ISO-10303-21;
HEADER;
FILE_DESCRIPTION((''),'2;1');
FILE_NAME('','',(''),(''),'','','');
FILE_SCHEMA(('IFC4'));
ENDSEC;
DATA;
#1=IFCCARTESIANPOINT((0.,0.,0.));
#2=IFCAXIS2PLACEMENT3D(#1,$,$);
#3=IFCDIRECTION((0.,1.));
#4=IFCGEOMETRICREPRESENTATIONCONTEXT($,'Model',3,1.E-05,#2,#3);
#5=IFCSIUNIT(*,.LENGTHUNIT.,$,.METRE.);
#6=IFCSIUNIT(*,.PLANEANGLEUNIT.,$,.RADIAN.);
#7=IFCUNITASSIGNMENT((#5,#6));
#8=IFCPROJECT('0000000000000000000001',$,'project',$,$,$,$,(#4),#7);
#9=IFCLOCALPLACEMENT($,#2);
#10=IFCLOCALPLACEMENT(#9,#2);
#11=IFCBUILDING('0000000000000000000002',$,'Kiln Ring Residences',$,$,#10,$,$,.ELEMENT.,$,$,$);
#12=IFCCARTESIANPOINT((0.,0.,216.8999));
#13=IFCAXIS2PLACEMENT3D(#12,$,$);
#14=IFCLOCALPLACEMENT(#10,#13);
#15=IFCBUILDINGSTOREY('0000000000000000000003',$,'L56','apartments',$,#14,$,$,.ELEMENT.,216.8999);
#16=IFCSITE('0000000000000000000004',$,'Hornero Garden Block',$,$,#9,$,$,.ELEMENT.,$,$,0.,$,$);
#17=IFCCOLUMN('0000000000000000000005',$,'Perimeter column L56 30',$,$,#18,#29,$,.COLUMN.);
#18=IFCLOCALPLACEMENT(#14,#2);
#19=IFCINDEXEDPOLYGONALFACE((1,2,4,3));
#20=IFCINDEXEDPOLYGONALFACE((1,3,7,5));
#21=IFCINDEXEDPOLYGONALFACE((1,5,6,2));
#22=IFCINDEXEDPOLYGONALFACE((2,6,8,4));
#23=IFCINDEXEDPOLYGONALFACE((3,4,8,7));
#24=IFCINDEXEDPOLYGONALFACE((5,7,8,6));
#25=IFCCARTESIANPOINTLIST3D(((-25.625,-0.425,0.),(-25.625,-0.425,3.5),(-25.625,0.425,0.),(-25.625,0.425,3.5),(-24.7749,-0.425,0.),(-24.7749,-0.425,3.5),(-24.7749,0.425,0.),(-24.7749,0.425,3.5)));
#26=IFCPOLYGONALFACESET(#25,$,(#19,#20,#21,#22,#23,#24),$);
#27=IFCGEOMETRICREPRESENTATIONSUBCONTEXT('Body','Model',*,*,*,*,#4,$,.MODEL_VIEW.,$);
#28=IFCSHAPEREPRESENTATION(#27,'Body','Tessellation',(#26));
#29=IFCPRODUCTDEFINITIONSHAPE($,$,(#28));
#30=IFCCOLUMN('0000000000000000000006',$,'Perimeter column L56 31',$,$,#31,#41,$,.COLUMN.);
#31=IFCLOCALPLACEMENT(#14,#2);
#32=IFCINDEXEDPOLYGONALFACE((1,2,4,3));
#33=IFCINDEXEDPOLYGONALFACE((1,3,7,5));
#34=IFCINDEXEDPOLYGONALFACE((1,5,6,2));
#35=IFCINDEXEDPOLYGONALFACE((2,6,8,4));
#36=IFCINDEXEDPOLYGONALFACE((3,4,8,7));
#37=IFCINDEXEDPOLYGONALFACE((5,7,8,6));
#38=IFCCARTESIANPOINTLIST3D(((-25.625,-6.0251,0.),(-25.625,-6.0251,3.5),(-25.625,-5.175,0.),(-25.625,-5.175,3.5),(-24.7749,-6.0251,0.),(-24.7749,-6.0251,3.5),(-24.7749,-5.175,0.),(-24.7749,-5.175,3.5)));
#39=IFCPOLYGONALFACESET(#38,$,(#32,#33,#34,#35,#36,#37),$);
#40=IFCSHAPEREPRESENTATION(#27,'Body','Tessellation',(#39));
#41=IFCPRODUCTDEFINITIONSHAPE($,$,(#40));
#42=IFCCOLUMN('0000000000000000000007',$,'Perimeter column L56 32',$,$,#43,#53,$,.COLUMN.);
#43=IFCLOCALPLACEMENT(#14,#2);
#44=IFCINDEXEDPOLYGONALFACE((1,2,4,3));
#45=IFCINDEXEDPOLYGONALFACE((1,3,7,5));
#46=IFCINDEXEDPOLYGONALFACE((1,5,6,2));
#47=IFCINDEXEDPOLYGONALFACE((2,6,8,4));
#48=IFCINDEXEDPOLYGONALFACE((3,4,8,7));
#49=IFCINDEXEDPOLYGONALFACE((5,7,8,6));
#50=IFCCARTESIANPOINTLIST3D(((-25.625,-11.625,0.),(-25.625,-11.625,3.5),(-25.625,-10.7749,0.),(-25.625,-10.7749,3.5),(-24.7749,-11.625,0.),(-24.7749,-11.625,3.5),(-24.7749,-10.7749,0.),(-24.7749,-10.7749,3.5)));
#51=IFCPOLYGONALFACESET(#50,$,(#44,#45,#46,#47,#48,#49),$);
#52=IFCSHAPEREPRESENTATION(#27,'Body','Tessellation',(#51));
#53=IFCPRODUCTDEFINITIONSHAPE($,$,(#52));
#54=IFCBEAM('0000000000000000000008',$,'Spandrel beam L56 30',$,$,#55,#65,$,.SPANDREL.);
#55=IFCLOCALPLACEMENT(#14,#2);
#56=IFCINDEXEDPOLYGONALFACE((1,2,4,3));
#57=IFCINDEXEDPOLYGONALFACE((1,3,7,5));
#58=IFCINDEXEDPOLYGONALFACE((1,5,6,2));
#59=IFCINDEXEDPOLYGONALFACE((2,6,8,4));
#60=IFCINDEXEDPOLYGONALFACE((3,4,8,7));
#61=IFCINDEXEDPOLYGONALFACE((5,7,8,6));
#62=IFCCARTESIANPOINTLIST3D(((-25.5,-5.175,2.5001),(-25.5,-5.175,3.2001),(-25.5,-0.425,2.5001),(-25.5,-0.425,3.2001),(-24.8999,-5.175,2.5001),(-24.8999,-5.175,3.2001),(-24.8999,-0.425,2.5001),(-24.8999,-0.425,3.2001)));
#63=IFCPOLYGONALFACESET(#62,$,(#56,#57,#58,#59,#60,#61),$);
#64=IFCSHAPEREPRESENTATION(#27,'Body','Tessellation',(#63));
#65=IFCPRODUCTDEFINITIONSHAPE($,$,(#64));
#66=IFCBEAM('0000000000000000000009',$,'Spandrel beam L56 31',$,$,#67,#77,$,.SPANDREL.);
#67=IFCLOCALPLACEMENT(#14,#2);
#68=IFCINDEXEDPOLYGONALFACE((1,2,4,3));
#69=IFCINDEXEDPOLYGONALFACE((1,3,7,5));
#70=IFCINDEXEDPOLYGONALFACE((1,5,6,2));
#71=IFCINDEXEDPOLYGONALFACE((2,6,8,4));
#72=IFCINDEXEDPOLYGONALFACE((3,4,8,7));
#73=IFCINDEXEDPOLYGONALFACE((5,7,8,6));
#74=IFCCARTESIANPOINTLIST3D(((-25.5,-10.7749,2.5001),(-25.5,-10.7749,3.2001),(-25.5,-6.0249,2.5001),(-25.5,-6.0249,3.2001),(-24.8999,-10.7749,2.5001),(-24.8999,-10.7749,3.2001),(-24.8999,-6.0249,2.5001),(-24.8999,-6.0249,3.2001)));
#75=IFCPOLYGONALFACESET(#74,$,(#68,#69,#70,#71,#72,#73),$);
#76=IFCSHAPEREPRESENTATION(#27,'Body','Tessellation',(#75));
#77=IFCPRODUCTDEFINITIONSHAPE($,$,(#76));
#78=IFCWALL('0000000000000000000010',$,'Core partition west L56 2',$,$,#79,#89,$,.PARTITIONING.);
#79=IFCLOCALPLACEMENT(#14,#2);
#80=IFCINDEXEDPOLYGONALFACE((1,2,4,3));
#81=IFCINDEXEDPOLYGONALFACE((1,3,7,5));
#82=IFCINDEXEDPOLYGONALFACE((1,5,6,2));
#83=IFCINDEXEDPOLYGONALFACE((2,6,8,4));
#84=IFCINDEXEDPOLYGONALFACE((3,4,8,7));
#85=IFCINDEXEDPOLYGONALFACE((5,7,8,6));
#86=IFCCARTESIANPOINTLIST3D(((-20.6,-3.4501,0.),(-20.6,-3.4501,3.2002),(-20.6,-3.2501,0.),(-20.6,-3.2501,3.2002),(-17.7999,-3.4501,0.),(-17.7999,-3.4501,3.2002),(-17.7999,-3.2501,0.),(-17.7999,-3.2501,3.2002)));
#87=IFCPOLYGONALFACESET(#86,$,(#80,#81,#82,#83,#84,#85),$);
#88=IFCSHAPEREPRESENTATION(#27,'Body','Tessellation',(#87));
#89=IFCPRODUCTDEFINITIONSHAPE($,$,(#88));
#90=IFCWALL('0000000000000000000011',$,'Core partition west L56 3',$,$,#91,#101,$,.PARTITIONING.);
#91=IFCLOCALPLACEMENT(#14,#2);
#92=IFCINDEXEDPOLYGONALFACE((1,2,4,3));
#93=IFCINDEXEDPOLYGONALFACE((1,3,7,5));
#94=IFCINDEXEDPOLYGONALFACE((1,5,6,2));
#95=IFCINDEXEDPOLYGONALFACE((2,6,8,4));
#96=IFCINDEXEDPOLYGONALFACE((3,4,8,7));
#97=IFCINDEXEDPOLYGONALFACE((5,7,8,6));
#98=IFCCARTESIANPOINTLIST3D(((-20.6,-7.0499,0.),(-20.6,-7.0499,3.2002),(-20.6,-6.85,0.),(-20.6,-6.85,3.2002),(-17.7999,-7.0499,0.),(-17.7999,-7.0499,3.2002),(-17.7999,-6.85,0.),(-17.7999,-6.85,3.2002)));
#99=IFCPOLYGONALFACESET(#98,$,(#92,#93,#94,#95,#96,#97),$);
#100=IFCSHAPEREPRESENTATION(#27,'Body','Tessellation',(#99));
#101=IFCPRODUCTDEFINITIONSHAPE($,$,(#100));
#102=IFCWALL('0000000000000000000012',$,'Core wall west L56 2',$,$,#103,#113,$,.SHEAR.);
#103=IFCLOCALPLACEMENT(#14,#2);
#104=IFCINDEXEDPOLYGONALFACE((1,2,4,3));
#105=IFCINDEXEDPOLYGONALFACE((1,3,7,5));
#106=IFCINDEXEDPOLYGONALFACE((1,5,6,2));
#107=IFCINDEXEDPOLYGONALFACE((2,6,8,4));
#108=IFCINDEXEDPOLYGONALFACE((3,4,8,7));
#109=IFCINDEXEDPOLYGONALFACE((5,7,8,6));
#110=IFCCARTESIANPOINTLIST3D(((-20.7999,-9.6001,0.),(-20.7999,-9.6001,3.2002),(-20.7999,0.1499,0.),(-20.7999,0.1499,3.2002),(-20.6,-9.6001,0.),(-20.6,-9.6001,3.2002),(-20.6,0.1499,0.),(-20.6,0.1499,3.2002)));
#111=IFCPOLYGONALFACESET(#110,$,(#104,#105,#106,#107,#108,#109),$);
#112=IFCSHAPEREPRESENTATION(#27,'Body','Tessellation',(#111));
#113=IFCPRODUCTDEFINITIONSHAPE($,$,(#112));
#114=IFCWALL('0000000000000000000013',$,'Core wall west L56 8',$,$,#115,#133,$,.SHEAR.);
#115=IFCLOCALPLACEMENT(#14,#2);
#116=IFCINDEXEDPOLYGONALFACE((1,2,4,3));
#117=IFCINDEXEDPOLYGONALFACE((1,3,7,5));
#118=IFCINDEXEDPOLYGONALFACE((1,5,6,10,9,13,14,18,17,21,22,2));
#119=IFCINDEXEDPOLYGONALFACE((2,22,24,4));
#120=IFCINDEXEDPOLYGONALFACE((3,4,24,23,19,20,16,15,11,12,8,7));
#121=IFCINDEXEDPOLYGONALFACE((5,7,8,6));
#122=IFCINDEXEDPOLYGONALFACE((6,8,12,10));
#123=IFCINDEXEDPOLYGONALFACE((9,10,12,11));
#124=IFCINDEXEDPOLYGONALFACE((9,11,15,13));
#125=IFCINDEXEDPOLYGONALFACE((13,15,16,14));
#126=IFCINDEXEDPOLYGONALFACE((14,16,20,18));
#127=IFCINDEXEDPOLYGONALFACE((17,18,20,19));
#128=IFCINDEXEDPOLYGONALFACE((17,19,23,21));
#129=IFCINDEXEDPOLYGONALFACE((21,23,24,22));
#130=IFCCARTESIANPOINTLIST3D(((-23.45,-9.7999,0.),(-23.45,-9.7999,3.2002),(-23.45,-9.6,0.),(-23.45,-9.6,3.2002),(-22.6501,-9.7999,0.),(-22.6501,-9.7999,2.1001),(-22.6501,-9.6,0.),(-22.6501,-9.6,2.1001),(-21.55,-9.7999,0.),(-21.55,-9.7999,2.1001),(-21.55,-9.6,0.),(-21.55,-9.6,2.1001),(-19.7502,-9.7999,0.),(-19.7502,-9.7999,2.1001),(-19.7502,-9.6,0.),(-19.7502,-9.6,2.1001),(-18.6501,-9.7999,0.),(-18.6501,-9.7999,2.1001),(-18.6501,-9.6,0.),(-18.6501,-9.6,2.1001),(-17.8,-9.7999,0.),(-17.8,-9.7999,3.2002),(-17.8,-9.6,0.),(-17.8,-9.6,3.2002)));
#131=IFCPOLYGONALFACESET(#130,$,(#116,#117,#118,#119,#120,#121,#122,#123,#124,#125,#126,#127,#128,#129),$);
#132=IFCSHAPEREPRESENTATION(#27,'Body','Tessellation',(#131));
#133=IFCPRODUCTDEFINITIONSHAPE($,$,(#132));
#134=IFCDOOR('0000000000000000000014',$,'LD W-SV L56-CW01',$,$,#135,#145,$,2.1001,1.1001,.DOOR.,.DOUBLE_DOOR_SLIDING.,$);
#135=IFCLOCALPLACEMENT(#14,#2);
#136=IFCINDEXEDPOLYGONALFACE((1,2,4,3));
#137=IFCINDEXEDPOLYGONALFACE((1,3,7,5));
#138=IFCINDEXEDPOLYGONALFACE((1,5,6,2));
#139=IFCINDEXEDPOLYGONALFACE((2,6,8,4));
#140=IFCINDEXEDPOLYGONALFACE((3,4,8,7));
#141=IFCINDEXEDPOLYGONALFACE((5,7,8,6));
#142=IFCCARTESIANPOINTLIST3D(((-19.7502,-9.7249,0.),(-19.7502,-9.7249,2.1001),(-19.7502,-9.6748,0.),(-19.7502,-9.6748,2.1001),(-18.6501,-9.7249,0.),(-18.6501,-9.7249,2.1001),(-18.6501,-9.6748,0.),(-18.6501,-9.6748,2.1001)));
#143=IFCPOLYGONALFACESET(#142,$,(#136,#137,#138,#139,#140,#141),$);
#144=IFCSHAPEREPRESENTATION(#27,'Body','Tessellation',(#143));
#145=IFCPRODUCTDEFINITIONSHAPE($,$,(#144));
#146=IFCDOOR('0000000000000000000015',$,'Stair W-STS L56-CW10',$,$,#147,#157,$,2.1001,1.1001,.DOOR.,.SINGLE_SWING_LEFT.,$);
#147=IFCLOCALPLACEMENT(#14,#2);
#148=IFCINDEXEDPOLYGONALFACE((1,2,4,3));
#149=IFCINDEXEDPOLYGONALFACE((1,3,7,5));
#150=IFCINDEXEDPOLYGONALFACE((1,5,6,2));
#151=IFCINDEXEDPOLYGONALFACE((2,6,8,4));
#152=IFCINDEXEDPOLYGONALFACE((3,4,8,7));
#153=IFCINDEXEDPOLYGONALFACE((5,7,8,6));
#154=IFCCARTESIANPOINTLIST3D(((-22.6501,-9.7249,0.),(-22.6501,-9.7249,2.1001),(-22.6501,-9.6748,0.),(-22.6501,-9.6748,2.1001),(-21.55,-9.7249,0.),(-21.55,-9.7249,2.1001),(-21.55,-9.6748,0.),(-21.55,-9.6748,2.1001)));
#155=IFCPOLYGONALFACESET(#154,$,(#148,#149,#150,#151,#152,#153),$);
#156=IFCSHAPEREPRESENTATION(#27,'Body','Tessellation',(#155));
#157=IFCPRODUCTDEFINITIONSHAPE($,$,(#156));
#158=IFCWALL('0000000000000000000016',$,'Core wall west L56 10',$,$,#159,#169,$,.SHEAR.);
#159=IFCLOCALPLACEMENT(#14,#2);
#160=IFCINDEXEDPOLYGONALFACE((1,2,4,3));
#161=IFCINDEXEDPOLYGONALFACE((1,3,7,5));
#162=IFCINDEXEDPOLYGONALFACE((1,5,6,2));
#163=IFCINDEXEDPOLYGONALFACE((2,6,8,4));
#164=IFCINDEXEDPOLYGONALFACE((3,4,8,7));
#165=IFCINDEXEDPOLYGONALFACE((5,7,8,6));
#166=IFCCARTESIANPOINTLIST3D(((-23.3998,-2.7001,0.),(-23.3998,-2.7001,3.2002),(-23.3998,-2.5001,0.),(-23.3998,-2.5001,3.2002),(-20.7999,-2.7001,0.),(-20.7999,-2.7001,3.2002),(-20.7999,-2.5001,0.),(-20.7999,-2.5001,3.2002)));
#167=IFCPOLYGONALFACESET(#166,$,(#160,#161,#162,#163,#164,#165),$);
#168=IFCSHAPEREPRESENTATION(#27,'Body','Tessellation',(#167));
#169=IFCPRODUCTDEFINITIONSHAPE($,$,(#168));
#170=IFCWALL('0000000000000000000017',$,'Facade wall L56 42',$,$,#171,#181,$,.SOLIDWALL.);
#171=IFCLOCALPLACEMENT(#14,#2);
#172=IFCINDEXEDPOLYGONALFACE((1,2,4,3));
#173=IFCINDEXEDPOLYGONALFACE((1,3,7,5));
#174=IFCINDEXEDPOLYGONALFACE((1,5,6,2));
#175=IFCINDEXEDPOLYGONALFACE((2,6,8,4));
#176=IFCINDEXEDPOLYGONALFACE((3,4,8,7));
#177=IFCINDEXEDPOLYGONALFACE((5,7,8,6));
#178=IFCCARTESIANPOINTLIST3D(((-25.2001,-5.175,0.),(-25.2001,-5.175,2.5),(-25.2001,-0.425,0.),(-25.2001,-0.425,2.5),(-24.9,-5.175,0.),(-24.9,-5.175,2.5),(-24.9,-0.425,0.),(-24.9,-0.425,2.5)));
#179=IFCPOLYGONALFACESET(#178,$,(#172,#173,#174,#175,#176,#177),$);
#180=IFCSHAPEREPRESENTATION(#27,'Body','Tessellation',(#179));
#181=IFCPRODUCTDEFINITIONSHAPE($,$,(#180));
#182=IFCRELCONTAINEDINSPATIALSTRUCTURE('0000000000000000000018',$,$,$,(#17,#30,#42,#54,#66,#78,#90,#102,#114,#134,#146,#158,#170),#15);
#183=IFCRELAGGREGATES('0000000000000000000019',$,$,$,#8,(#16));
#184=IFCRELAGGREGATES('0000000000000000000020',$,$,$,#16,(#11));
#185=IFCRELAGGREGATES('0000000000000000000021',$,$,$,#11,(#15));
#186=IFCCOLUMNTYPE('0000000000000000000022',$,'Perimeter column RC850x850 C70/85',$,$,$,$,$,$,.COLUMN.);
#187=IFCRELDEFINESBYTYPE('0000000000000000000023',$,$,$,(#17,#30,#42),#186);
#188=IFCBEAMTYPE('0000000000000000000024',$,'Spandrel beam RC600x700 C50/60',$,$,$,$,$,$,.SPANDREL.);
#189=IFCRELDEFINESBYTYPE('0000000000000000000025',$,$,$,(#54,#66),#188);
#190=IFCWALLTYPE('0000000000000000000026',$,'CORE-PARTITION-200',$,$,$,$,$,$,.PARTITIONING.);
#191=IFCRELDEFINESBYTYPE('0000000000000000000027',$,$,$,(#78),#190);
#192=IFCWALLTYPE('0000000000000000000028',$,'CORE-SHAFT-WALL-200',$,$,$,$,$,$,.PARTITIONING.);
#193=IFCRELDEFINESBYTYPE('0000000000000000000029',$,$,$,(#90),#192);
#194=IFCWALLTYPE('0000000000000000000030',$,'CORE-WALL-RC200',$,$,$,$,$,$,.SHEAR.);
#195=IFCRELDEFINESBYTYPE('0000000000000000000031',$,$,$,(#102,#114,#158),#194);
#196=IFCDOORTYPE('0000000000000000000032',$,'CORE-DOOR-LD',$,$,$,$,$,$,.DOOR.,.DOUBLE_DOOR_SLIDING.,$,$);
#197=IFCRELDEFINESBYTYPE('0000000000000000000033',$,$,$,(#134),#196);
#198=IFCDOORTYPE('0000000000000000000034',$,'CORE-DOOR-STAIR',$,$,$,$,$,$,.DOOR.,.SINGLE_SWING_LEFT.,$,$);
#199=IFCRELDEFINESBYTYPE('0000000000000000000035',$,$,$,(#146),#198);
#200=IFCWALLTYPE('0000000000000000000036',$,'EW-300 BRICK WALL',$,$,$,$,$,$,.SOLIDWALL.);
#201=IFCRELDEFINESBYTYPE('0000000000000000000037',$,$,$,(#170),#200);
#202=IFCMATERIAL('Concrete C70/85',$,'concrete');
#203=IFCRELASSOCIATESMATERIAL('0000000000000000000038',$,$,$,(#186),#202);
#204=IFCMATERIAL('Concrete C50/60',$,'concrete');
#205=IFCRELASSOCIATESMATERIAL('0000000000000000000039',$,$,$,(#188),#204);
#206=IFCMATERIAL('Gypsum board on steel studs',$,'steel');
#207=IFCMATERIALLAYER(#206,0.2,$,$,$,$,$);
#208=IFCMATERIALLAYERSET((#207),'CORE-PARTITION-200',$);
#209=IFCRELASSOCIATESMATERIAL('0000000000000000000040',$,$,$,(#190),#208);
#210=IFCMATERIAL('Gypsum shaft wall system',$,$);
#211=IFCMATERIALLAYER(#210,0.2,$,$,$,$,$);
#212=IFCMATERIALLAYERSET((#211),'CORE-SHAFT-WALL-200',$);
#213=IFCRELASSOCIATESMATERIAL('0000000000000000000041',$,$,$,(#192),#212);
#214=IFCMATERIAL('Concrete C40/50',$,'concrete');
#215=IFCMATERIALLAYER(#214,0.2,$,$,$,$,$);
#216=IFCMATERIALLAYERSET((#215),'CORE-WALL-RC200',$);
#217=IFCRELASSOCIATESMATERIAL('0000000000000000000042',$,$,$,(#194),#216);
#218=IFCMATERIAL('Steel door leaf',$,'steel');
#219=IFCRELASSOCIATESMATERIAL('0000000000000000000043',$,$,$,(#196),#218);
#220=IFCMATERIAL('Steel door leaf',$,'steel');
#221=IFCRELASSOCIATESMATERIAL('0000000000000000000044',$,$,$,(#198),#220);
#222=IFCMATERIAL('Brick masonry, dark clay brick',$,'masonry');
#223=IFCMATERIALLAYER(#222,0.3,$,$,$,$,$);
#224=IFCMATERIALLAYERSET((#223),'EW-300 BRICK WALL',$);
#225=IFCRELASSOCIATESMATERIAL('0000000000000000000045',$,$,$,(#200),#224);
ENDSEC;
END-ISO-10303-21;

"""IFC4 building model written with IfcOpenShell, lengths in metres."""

from ifc_helpers import new_model, si_unit, direction, frame, frame_2d, origin, origin_2d, place, context, subcontext, project, spatial, rectangle, extrude, material, layer, layer_set, material_profile, profile_set, type_object, element, fill, save


model = new_model("IFC4")

# Units and contexts
model_context = context("Model", 3, precision=1e-05, world=origin(), true_north=direction((0.0, 1.0)))
body_context = subcontext(model_context, "Body", "Model", "MODEL_VIEW")
ifc_project = project(units=[si_unit("LENGTHUNIT", "METRE"), si_unit("PLANEANGLEUNIT", "RADIAN")], contexts=[model_context])

# Site, building, storey
site_placement = place(None, origin())
site = spatial("IfcSite", under=ifc_project, at=site_placement, Name="Hornero Garden Block", CompositionType="ELEMENT", RefElevation=0.0)
building_placement = place(site_placement, origin())
building = spatial("IfcBuilding", under=site, at=building_placement, Name="Kiln Ring Residences", CompositionType="ELEMENT")
storey_placement = place(building_placement, frame((0.0, 0.0, 216.8999)))
storey = spatial("IfcBuildingStorey", under=building, at=storey_placement, Name="L56", Description="apartments", CompositionType="ELEMENT", Elevation=216.8999)

# Columns
ifc_material_1 = material(Name="Concrete C70/85", Category="concrete")
ifc_material_profile_1 = material_profile(ifc_material_1, rectangle(XDim=0.8501, YDim=0.8501, at=origin_2d()), Name="RC850x850")
ifc_profile_set_1 = profile_set([ifc_material_profile_1], Name="Concrete C70/85")
column_type = type_object("IfcColumnType", Name="Perimeter column RC850x850 C70/85", PredefinedType="COLUMN", material=ifc_profile_set_1)
for number, where, z_axis, x_axis, name in (
    (1, (-25.2, 0.0, 0.0), (0.0, 0.0, 1.0), (1.0, 0.0, 0.0), "Perimeter column L56 30"),
    (2, (-25.2, -5.6001, 0.0), (0.0, 0.0, 1.0), (1.0, 0.0, 0.0), "Perimeter column L56 31"),
    (3, (-25.2, -11.2, 0.0), (0.0, 0.0, 1.0), (1.0, 0.0, 0.0), "Perimeter column L56 32"),
):
    element("IfcColumn", number, at=place(storey_placement, frame(where, z_axis=z_axis, x_axis=x_axis)), inside=storey, type_object=column_type, Name=name, PredefinedType="COLUMN", context=body_context, shape_type="SweptSolid", body=[
        extrude(rectangle(XDim=0.8501, YDim=0.8501, at=origin_2d()), origin(), (0.0, 0.0, 1.0), 3.5),
    ])

# Beams
ifc_material_2 = material(Name="Concrete C50/60", Category="concrete")
ifc_material_profile_2 = material_profile(ifc_material_2, rectangle(XDim=0.6001, YDim=0.7, at=origin_2d()), Name="RC600x700")
ifc_profile_set_2 = profile_set([ifc_material_profile_2], Name="Concrete C50/60")
beam_type = type_object("IfcBeamType", Name="Spandrel beam RC600x700 C50/60", PredefinedType="SPANDREL", material=ifc_profile_set_2)
for number, where, z_axis, x_axis, name in (
    (4, (-25.2, -0.425, 2.8501), (0.0, -1.0, 0.0), (1.0, 0.0, 0.0), "Spandrel beam L56 30"),
    (5, (-25.2, -6.0249, 2.8501), (0.0, -1.0, 0.0), (1.0, 0.0, 0.0), "Spandrel beam L56 31"),
):
    element("IfcBeam", number, at=place(storey_placement, frame(where, z_axis=z_axis, x_axis=x_axis)), inside=storey, type_object=beam_type, Name=name, PredefinedType="SPANDREL", context=body_context, shape_type="SweptSolid", body=[
        extrude(rectangle(XDim=0.6001, YDim=0.7, at=origin_2d()), origin(), (0.0, 0.0, 1.0), 4.75),
    ])

# Walls
ifc_material_3 = material(Name="Gypsum board on steel studs", Category="steel")
ifc_layer_1 = layer(ifc_material_3, 0.2)
ifc_layer_set_1 = layer_set([ifc_layer_1], Name="CORE-PARTITION-200")
wall_type_1 = type_object("IfcWallType", Name="CORE-PARTITION-200", PredefinedType="PARTITIONING", material=ifc_layer_set_1)
wall_1_placement = place(storey_placement, frame((-17.8, -3.3501, 0.0), z_axis=(0.0, 0.0, 1.0), x_axis=(-1.0, 0.0, 0.0)))
element("IfcWall", 6, at=wall_1_placement, inside=storey, type_object=wall_type_1, Name="Core partition west L56 2", PredefinedType="PARTITIONING", context=body_context, shape_type="SweptSolid", body=[
    extrude(rectangle(XDim=2.8, YDim=0.2, at=frame_2d((1.3999, 0.0))), origin(), (0.0, 0.0, 1.0), 3.2002),
])
ifc_material_4 = material(Name="Gypsum shaft wall system")
ifc_layer_2 = layer(ifc_material_4, 0.2)
ifc_layer_set_2 = layer_set([ifc_layer_2], Name="CORE-SHAFT-WALL-200")
wall_type_2 = type_object("IfcWallType", Name="CORE-SHAFT-WALL-200", PredefinedType="PARTITIONING", material=ifc_layer_set_2)
wall_2_placement = place(storey_placement, frame((-17.8, -6.95, 0.0), z_axis=(0.0, 0.0, 1.0), x_axis=(-1.0, 0.0, 0.0)))
element("IfcWall", 7, at=wall_2_placement, inside=storey, type_object=wall_type_2, Name="Core partition west L56 3", PredefinedType="PARTITIONING", context=body_context, shape_type="SweptSolid", body=[
    extrude(rectangle(XDim=2.8, YDim=0.2, at=frame_2d((1.3999, 0.0))), origin(), (0.0, 0.0, 1.0), 3.2002),
])
ifc_material_5 = material(Name="Concrete C40/50", Category="concrete")
ifc_layer_3 = layer(ifc_material_5, 0.2)
ifc_layer_set_3 = layer_set([ifc_layer_3], Name="CORE-WALL-RC200")
wall_type_3 = type_object("IfcWallType", Name="CORE-WALL-RC200", PredefinedType="SHEAR", material=ifc_layer_set_3)
wall_3_placement = place(storey_placement, frame((-20.7, -9.6001, 0.0), z_axis=(0.0, 0.0, 1.0), x_axis=(0.0, 1.0, 0.0)))
element("IfcWall", 8, at=wall_3_placement, inside=storey, type_object=wall_type_3, Name="Core wall west L56 2", PredefinedType="SHEAR", context=body_context, shape_type="SweptSolid", body=[
    extrude(rectangle(XDim=9.75, YDim=0.2, at=frame_2d((4.875, 0.0))), origin(), (0.0, 0.0, 1.0), 3.2002),
])

# Wall, openings, doors
wall_4_placement = place(storey_placement, frame((-17.8, -9.7, 0.0), z_axis=(0.0, 0.0, 1.0), x_axis=(-1.0, 0.0, 0.0)))
wall_4 = element("IfcWall", 9, at=wall_4_placement, inside=storey, type_object=wall_type_3, Name="Core wall west L56 8", PredefinedType="SHEAR", context=body_context, shape_type="SweptSolid", body=[
    extrude(rectangle(XDim=5.6499, YDim=0.2, at=frame_2d((2.825, 0.0))), origin(), (0.0, 0.0, 1.0), 3.2002),
])
opening_1_placement = place(wall_4_placement, frame((0.8501, 0.0, 0.0)))
opening_1 = element("IfcOpeningElement", 10, at=opening_1_placement, cuts=wall_4, PredefinedType="OPENING", context=body_context, shape_type="SweptSolid", body=[
    extrude(rectangle(XDim=1.1001, YDim=2.1001, at=frame_2d((0.55, 1.05))), frame((0.0, 0.1099, 0.0), z_axis=(0.0, -1.0, 0.0), x_axis=(1.0, 0.0, 0.0)), (0.0, 0.0, 1.0), 0.22),
])
opening_2_placement = place(wall_4_placement, frame((3.75, 0.0, 0.0)))
opening_2 = element("IfcOpeningElement", 11, at=opening_2_placement, cuts=wall_4, PredefinedType="OPENING", context=body_context, shape_type="SweptSolid", body=[
    extrude(rectangle(XDim=1.1001, YDim=2.1001, at=frame_2d((0.55, 1.05))), frame((0.0, 0.1099, 0.0), z_axis=(0.0, -1.0, 0.0), x_axis=(1.0, 0.0, 0.0)), (0.0, 0.0, 1.0), 0.22),
])
ifc_material_6 = material(Name="Steel door leaf", Category="steel")
door_type_1 = type_object("IfcDoorType", Name="CORE-DOOR-LD", OperationType="DOUBLE_DOOR_SLIDING", PredefinedType="DOOR", material=ifc_material_6)
door_1_placement = place(opening_1_placement, origin())
door_1 = element("IfcDoor", 12, at=door_1_placement, inside=storey, type_object=door_type_1, Name="LD W-SV L56-CW01", OperationType="DOUBLE_DOOR_SLIDING", OverallHeight=2.1001, OverallWidth=1.1001, PredefinedType="DOOR", context=body_context, shape_type="SweptSolid", body=[
    extrude(rectangle(XDim=1.1001, YDim=2.1001, at=frame_2d((0.55, 1.05))), frame((0.0, 0.0249, 0.0), z_axis=(0.0, -1.0, 0.0), x_axis=(1.0, 0.0, 0.0)), (0.0, 0.0, 1.0), 0.05),
])
fill(opening_1, door_1)
ifc_material_7 = material(Name="Steel door leaf", Category="steel")
door_type_2 = type_object("IfcDoorType", Name="CORE-DOOR-STAIR", OperationType="SINGLE_SWING_LEFT", PredefinedType="DOOR", material=ifc_material_7)
door_2_placement = place(opening_2_placement, origin())
door_2 = element("IfcDoor", 13, at=door_2_placement, inside=storey, type_object=door_type_2, Name="Stair W-STS L56-CW10", OperationType="SINGLE_SWING_LEFT", OverallHeight=2.1001, OverallWidth=1.1001, PredefinedType="DOOR", context=body_context, shape_type="SweptSolid", body=[
    extrude(rectangle(XDim=1.1001, YDim=2.1001, at=frame_2d((0.55, 1.05))), frame((0.0, 0.0249, 0.0), z_axis=(0.0, -1.0, 0.0), x_axis=(1.0, 0.0, 0.0)), (0.0, 0.0, 1.0), 0.05),
])
fill(opening_2, door_2)

# Walls
wall_5_placement = place(storey_placement, frame((-20.8, -2.6001, 0.0), z_axis=(0.0, 0.0, 1.0), x_axis=(-1.0, 0.0, 0.0)))
element("IfcWall", 14, at=wall_5_placement, inside=storey, type_object=wall_type_3, Name="Core wall west L56 10", PredefinedType="SHEAR", context=body_context, shape_type="SweptSolid", body=[
    extrude(rectangle(XDim=2.5999, YDim=0.2, at=frame_2d((1.2998, 0.0))), origin(), (0.0, 0.0, 1.0), 3.2002),
])
ifc_material_8 = material(Name="Brick masonry, dark clay brick", Category="masonry")
ifc_layer_4 = layer(ifc_material_8, 0.3)
ifc_layer_set_4 = layer_set([ifc_layer_4], Name="EW-300 BRICK WALL")
wall_type_4 = type_object("IfcWallType", Name="EW-300 BRICK WALL", PredefinedType="SOLIDWALL", material=ifc_layer_set_4)
for number, where, z_axis, x_axis, name in (
    (15, (-25.05, -0.425, 0.0), (0.0, 0.0, 1.0), (0.0, -1.0, 0.0), "Facade wall L56 42"),
):
    element("IfcWall", number, at=place(storey_placement, frame(where, z_axis=z_axis, x_axis=x_axis)), inside=storey, type_object=wall_type_4, Name=name, PredefinedType="SOLIDWALL", context=body_context, shape_type="SweptSolid", body=[
        extrude(rectangle(XDim=4.75, YDim=0.3, at=frame_2d((2.375, 0.0))), origin(), (0.0, 0.0, 1.0), 2.5),
    ])

save(model, "model.ifc")
